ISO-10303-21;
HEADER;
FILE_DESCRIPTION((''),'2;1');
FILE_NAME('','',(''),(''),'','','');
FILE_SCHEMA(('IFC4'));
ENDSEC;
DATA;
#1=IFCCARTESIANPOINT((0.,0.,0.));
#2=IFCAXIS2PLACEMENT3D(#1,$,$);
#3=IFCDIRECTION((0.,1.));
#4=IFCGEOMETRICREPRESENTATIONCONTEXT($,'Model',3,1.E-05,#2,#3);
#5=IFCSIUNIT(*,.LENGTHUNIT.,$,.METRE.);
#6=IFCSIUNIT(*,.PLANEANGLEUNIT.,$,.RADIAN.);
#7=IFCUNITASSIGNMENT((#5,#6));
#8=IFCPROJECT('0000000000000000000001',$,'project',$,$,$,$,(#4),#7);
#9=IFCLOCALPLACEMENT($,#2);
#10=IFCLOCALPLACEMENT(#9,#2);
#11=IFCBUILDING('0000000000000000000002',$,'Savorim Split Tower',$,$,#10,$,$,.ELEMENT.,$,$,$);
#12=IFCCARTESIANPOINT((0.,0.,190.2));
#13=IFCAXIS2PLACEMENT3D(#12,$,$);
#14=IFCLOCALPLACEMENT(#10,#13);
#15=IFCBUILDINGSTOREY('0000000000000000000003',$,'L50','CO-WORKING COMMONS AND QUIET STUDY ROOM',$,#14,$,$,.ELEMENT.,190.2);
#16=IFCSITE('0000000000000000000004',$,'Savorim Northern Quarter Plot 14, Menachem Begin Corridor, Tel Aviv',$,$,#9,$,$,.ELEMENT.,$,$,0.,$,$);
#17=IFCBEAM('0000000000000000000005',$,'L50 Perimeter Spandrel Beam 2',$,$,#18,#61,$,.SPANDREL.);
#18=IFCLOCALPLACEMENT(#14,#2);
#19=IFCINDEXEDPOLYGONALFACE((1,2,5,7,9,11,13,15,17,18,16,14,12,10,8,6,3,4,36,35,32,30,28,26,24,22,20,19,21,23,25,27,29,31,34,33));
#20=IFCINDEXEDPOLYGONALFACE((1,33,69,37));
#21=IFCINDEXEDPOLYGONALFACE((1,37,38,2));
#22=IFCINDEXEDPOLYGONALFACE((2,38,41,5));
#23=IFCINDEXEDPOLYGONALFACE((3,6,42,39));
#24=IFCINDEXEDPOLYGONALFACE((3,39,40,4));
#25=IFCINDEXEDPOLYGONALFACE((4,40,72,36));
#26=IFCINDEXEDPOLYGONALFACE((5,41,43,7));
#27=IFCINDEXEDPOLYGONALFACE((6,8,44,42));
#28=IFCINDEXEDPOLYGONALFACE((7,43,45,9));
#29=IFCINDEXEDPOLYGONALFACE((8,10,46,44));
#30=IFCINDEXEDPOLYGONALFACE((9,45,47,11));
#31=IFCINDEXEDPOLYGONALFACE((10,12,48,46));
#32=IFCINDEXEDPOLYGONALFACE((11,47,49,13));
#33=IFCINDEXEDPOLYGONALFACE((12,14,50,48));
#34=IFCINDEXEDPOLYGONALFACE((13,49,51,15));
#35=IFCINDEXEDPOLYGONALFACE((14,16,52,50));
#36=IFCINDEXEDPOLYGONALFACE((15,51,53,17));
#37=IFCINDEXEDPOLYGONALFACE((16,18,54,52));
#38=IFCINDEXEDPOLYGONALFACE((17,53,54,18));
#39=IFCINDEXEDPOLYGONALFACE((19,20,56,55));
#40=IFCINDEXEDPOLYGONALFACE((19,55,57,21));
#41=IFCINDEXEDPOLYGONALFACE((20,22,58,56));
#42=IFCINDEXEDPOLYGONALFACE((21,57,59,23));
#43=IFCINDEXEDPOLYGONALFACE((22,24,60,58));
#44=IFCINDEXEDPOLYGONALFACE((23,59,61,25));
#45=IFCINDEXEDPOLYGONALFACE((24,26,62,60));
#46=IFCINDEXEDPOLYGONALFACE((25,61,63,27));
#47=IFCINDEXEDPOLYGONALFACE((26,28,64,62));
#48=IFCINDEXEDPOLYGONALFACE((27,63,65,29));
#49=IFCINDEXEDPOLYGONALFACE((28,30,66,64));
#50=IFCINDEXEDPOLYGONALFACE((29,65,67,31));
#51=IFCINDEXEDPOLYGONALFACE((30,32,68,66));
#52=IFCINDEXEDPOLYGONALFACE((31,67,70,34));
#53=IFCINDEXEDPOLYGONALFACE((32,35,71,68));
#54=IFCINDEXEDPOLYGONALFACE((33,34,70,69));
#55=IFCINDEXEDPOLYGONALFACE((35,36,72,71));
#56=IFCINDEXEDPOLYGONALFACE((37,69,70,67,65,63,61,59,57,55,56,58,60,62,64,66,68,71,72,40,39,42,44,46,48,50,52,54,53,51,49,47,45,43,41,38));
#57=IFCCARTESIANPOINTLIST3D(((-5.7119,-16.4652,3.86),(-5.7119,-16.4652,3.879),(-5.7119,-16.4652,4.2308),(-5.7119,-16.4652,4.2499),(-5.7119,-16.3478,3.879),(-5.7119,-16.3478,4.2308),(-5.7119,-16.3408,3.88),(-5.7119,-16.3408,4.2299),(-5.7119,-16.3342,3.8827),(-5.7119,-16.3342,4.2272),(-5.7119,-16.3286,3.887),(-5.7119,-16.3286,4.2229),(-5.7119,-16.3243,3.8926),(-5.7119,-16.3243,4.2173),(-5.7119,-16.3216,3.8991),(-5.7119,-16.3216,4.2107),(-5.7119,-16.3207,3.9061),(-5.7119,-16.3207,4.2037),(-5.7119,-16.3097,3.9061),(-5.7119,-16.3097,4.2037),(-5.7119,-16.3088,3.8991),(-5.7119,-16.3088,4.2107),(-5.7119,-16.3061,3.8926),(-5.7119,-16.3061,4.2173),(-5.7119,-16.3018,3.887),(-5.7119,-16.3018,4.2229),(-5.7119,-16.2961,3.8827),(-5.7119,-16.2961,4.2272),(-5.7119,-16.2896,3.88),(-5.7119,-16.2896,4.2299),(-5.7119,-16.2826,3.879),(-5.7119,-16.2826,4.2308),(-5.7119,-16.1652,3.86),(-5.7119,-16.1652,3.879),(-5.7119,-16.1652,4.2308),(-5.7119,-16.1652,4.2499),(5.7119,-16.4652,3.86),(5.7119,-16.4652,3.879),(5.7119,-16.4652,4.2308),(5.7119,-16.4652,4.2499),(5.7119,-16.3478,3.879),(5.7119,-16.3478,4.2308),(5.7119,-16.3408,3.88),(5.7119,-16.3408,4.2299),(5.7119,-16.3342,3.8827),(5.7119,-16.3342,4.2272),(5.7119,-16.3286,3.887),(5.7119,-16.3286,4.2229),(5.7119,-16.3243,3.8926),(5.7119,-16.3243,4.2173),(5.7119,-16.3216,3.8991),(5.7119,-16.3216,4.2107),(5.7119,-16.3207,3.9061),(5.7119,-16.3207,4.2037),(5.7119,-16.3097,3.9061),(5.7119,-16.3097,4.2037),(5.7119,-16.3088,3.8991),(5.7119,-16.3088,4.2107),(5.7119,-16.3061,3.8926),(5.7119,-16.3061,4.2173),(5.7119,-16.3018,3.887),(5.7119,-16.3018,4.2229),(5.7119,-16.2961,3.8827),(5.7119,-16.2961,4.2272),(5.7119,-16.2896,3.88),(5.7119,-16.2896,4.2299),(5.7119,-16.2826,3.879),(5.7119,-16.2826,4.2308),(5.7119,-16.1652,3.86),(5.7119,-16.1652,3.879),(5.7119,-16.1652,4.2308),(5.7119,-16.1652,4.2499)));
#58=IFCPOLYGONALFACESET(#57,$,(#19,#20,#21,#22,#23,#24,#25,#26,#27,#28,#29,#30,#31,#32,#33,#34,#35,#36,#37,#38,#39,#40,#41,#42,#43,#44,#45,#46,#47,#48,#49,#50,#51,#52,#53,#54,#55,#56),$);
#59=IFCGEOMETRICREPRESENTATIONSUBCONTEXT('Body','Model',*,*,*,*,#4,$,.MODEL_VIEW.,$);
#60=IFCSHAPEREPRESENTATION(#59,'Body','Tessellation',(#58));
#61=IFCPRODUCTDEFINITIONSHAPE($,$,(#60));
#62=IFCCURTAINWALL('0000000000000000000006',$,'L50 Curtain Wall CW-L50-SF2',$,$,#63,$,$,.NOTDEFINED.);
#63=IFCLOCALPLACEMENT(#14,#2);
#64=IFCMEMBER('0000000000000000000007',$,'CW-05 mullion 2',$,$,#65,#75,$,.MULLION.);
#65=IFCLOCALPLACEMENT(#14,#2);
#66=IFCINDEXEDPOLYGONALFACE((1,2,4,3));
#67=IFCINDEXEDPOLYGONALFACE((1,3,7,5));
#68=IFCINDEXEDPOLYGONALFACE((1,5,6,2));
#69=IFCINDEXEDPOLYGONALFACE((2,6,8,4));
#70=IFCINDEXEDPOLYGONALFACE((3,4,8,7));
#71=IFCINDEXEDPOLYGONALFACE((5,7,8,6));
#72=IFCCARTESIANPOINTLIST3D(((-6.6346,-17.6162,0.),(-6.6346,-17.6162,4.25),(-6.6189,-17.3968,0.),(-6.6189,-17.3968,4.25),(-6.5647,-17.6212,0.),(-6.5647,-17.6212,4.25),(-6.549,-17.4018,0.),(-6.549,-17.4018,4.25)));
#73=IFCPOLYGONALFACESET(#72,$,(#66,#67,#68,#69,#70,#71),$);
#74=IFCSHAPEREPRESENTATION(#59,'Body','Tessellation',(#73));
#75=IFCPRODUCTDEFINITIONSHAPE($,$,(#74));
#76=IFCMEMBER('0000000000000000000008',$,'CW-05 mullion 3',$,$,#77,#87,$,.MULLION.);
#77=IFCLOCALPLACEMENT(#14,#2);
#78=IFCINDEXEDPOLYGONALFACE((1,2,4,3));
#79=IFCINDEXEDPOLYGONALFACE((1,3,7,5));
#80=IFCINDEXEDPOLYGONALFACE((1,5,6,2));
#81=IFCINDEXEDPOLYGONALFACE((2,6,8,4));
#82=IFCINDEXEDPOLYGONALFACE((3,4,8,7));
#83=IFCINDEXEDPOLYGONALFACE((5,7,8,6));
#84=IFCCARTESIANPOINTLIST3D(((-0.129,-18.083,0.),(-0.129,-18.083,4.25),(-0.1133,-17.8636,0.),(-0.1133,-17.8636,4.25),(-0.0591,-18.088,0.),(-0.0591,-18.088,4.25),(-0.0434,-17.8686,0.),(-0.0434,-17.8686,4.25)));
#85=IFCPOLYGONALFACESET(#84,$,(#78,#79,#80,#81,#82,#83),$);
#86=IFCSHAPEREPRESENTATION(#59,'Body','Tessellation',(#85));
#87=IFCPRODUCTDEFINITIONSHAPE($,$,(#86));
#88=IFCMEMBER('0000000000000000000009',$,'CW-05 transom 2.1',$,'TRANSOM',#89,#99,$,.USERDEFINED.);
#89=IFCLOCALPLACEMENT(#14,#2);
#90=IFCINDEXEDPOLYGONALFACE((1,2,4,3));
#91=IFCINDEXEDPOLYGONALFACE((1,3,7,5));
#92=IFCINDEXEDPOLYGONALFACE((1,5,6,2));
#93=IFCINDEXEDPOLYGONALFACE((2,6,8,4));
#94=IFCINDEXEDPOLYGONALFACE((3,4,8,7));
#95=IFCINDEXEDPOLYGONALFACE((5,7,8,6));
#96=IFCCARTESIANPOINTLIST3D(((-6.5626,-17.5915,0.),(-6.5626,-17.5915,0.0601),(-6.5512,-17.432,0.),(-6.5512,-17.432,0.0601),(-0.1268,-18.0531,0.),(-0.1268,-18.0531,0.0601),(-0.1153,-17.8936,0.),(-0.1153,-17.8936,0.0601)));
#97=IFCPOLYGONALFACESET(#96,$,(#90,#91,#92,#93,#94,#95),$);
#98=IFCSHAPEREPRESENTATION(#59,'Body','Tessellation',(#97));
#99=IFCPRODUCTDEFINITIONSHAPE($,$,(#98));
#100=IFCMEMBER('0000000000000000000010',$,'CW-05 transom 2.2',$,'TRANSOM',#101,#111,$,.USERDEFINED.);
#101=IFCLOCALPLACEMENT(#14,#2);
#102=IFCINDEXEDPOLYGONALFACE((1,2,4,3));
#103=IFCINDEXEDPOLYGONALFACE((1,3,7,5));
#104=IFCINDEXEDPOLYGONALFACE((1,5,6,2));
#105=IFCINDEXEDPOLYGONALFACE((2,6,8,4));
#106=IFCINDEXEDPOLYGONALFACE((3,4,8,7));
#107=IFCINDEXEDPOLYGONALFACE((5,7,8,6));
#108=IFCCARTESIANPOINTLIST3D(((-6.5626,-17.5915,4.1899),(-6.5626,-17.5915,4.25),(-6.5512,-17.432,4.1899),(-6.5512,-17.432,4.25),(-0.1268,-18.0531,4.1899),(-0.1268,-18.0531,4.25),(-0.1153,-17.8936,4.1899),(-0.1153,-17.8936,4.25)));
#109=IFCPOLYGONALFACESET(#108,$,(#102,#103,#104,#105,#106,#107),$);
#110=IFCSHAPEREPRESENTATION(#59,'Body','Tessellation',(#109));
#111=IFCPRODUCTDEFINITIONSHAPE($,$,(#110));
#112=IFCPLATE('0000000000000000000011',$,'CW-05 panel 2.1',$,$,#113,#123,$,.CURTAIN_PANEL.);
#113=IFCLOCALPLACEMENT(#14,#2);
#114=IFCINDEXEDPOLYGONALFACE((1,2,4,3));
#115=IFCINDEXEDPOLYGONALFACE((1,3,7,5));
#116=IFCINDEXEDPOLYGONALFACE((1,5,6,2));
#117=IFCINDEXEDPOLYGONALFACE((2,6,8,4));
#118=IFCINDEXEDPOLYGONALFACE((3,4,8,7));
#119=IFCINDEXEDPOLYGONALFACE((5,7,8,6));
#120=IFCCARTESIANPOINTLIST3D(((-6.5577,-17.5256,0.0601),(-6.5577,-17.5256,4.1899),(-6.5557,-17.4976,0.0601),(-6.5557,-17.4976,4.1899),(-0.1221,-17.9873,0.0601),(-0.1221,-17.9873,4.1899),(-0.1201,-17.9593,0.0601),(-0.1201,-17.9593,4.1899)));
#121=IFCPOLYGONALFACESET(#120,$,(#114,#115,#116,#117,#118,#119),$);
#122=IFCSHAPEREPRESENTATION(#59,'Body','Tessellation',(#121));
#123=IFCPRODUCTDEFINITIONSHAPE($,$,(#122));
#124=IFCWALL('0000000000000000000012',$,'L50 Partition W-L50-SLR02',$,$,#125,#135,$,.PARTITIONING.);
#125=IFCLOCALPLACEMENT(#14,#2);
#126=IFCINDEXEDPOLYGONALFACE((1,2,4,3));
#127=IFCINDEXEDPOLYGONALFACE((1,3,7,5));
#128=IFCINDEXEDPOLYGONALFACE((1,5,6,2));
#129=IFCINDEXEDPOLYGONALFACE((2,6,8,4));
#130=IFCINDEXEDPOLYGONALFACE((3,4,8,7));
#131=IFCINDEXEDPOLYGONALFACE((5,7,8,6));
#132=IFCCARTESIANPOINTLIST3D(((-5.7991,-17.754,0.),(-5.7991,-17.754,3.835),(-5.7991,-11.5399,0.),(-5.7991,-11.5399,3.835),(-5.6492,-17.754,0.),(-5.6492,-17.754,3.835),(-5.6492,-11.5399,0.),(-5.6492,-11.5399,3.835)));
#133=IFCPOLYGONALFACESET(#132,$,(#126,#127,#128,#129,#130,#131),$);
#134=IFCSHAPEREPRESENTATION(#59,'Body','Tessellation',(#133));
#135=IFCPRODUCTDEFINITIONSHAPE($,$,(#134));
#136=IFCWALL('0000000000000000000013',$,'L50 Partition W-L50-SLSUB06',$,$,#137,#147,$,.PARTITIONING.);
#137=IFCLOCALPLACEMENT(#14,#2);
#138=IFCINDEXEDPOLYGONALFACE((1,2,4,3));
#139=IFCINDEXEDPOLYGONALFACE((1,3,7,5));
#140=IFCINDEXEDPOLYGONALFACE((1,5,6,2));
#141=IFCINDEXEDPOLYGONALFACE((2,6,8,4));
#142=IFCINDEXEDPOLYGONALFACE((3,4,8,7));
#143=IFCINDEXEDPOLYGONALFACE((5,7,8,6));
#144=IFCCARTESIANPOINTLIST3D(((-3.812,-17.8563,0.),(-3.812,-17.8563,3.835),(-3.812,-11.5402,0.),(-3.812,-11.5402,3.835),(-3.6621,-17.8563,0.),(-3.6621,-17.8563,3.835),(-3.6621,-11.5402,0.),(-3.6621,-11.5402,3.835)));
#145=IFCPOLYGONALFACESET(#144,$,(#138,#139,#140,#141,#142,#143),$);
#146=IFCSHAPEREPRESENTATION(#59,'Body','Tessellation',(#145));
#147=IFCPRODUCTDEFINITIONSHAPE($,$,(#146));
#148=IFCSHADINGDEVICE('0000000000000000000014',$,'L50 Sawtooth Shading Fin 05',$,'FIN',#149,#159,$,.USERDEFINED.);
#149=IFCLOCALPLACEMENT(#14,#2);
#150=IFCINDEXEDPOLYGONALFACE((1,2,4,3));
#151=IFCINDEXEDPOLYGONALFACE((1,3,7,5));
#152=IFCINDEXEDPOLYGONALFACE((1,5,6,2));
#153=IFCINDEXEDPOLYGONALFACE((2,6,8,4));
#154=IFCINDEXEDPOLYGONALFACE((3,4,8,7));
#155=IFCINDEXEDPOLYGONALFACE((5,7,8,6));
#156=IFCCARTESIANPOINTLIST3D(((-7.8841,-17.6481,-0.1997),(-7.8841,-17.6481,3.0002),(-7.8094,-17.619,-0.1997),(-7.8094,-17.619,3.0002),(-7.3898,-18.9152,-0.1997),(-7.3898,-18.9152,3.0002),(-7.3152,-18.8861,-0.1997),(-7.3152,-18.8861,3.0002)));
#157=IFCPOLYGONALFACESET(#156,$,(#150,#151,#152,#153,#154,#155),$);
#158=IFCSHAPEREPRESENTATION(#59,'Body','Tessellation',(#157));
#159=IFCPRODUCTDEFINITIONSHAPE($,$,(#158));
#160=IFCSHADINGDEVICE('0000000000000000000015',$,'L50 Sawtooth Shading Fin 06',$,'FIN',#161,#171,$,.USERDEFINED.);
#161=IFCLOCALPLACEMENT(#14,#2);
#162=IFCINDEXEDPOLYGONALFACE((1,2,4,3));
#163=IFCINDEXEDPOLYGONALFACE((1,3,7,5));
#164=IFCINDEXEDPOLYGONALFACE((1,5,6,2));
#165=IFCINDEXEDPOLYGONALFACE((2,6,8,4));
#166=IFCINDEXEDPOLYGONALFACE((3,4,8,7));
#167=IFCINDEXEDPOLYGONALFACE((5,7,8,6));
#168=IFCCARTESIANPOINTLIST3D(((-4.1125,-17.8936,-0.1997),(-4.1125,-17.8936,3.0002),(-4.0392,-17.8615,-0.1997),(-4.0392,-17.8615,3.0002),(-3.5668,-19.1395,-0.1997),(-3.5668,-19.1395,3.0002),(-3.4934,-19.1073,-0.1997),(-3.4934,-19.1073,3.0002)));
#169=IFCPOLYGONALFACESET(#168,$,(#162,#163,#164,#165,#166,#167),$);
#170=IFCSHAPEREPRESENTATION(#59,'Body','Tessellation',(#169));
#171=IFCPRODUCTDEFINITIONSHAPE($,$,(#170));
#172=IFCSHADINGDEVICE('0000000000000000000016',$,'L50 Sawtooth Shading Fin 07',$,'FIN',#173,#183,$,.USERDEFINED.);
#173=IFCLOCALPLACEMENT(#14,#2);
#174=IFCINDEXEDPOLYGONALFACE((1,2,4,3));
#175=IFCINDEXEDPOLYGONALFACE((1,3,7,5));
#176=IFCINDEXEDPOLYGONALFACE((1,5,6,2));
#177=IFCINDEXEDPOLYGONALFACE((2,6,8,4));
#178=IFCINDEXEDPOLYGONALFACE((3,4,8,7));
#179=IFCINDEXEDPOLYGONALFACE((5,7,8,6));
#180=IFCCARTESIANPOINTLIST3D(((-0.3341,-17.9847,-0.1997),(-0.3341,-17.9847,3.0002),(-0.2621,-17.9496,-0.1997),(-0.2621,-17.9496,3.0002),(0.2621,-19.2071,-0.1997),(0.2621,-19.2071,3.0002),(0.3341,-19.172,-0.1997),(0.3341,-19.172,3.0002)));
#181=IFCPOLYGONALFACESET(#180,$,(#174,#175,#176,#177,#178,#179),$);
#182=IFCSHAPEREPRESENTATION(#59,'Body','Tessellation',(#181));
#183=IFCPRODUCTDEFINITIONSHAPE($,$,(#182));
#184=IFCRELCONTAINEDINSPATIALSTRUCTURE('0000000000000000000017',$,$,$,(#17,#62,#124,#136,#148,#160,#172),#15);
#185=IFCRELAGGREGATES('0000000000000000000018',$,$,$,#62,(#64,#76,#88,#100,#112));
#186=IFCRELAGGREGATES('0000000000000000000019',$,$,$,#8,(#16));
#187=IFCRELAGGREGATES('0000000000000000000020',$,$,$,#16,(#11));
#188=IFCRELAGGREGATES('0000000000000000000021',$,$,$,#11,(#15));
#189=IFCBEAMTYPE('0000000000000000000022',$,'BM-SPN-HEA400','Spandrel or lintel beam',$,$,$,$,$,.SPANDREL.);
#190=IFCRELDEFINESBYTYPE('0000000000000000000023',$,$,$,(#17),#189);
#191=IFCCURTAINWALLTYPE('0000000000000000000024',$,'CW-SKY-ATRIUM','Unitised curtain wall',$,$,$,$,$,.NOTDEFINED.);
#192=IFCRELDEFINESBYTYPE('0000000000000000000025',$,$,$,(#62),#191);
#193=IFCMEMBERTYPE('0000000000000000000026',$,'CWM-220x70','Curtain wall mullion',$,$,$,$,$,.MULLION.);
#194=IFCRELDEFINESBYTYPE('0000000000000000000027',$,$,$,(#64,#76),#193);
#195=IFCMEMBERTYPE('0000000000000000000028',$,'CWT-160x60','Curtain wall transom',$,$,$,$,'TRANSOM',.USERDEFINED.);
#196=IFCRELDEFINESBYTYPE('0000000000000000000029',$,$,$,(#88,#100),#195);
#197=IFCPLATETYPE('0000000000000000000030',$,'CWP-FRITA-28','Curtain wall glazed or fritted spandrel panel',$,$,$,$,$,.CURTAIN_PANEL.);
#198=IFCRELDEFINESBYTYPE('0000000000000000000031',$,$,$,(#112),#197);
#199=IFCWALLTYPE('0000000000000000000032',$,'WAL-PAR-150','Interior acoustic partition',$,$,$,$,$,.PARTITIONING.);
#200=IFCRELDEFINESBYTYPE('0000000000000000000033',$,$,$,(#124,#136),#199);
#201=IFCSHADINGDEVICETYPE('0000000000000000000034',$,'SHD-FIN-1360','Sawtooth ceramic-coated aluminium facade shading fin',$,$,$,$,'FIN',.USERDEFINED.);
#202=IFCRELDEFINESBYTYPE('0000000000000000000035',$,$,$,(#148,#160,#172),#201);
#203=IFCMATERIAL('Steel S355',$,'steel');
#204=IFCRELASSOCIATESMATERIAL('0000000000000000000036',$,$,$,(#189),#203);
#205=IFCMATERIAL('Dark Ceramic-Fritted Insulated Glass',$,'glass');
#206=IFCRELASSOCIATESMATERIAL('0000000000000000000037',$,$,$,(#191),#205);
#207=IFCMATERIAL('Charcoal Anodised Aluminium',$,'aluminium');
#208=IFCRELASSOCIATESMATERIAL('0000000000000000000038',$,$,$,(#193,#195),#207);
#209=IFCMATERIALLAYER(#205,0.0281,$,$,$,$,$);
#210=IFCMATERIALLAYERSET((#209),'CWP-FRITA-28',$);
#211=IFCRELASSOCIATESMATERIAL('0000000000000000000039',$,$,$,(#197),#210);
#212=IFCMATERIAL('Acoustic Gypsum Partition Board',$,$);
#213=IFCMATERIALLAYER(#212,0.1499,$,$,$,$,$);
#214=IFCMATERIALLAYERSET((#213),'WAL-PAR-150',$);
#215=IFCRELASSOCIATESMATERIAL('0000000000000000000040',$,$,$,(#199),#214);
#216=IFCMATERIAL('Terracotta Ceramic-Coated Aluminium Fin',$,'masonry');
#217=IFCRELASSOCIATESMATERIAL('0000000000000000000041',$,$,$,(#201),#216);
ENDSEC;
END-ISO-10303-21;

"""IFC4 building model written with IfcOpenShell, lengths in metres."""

from ifc_helpers import new_model, si_unit, direction, frame, frame_2d, origin, origin_2d, place, context, subcontext, project, spatial, rectangle, i_section, extrude, material, layer, layer_set, material_profile, profile_set, type_object, element, aggregate, save


model = new_model("IFC4")

# Units and contexts
model_context = context("Model", 3, precision=1e-05, world=origin(), true_north=direction((0.0, 1.0)))
body_context = subcontext(model_context, "Body", "Model", "MODEL_VIEW")
ifc_project = project(units=[si_unit("LENGTHUNIT", "METRE"), si_unit("PLANEANGLEUNIT", "RADIAN")], contexts=[model_context])

# Site, building, storey
site_placement = place(None, origin())
site = spatial("IfcSite", under=ifc_project, at=site_placement, Name="Savorim Northern Quarter Plot 14, Menachem Begin Corridor, Tel Aviv", CompositionType="ELEMENT", RefElevation=0.0)
building_placement = place(site_placement, origin())
building = spatial("IfcBuilding", under=site, at=building_placement, Name="Savorim Split Tower", CompositionType="ELEMENT")
storey_placement = place(building_placement, frame((0.0, 0.0, 190.2)))
storey = spatial("IfcBuildingStorey", under=building, at=storey_placement, Name="L50", Description="CO-WORKING COMMONS AND QUIET STUDY ROOM", CompositionType="ELEMENT", Elevation=190.2)

# Shared definitions
ifc_material_1 = material(Name="Steel S355", Category="steel")

# Beam
ifc_material_profile_1 = material_profile(ifc_material_1, i_section(OverallWidth=0.3, OverallDepth=0.3899, WebThickness=0.011, FlangeThickness=0.019, FilletRadius=0.0271, at=origin_2d()), Name="HEA 400")
ifc_profile_set_1 = profile_set([ifc_material_profile_1], Name="Steel S355")
beam_type_1 = type_object("IfcBeamType", Name="BM-SPN-HEA400", Description="Spandrel or lintel beam", PredefinedType="SPANDREL", material=ifc_profile_set_1)
beam_1_placement = place(storey_placement, frame((-5.7119, -16.3152, 4.0549), z_axis=(1.0, 0.0, 0.0), x_axis=(0.0, 1.0, 0.0)))
element("IfcBeam", 1, at=beam_1_placement, inside=storey, type_object=beam_type_1, Name="L50 Perimeter Spandrel Beam 2", PredefinedType="SPANDREL", context=body_context, shape_type="SweptSolid", body=[
    extrude(i_section(OverallWidth=0.3, OverallDepth=0.3899, WebThickness=0.011, FlangeThickness=0.019, FilletRadius=0.0271, at=origin_2d()), origin(), (0.0, 0.0, 1.0), 11.4238),
])

# Curtain wall, members, plate
ifc_material_2 = material(Name="Dark Ceramic-Fritted Insulated Glass", Category="glass")
curtain_wall_type = type_object("IfcCurtainWallType", Name="CW-SKY-ATRIUM", Description="Unitised curtain wall", PredefinedType="NOTDEFINED", material=ifc_material_2)
curtain_wall_placement = place(storey_placement, origin())
curtain_wall = element("IfcCurtainWall", 2, at=curtain_wall_placement, inside=storey, type_object=curtain_wall_type, Name="L50 Curtain Wall CW-L50-SF2", PredefinedType="NOTDEFINED")
ifc_material_3 = material(Name="Charcoal Anodised Aluminium", Category="aluminium")
ifc_material_profile_2 = material_profile(ifc_material_3, rectangle(XDim=0.22, YDim=0.0701, at=origin_2d()), Name="ALU-M 220x70")
ifc_profile_set_2 = profile_set([ifc_material_profile_2], Name="Charcoal Anodised Aluminium")
member_type_1 = type_object("IfcMemberType", Name="CWM-220x70", Description="Curtain wall mullion", PredefinedType="MULLION", material=ifc_profile_set_2)
member_1_placement = place(storey_placement, frame((-6.5918, -17.509, 0.0), z_axis=(0.0, 0.0, 1.0), x_axis=(0.071562, 0.997436, 0.0)))
member_1 = element("IfcMember", 3, at=member_1_placement, type_object=member_type_1, Name="CW-05 mullion 2", PredefinedType="MULLION", context=body_context, shape_type="SweptSolid", body=[
    extrude(rectangle(XDim=0.22, YDim=0.0701, at=origin_2d()), origin(), (0.0, 0.0, 1.0), 4.25),
])
member_2_placement = place(storey_placement, frame((-0.0862, -17.9758, 0.0), z_axis=(0.0, 0.0, 1.0), x_axis=(0.071562, 0.997436, 0.0)))
member_2 = element("IfcMember", 4, at=member_2_placement, type_object=member_type_1, Name="CW-05 mullion 3", PredefinedType="MULLION", context=body_context, shape_type="SweptSolid", body=[
    extrude(rectangle(XDim=0.22, YDim=0.0701, at=origin_2d()), origin(), (0.0, 0.0, 1.0), 4.25),
])
ifc_material_profile_3 = material_profile(ifc_material_3, rectangle(XDim=0.1599, YDim=0.0601, at=origin_2d()), Name="ALU-T 160x60")
ifc_profile_set_3 = profile_set([ifc_material_profile_3], Name="Charcoal Anodised Aluminium")
member_type_2 = type_object("IfcMemberType", Name="CWT-160x60", Description="Curtain wall transom", ElementType="TRANSOM", PredefinedType="USERDEFINED", material=ifc_profile_set_3)
member_3_placement = place(storey_placement, frame((-6.5569, -17.5117, 0.03), z_axis=(0.997437, -0.071551, 0.0), x_axis=(0.071551, 0.997437, 0.0)))
member_3 = element("IfcMember", 5, at=member_3_placement, type_object=member_type_2, Name="CW-05 transom 2.1", ObjectType="TRANSOM", PredefinedType="USERDEFINED", context=body_context, shape_type="SweptSolid", body=[
    extrude(rectangle(XDim=0.1599, YDim=0.0601, at=origin_2d()), origin(), (0.0, 0.0, 1.0), 6.4524),
])
member_4_placement = place(storey_placement, frame((-6.5569, -17.5117, 4.22), z_axis=(0.997437, -0.071551, 0.0), x_axis=(0.071551, 0.997437, 0.0)))
member_4 = element("IfcMember", 6, at=member_4_placement, type_object=member_type_2, Name="CW-05 transom 2.2", ObjectType="TRANSOM", PredefinedType="USERDEFINED", context=body_context, shape_type="SweptSolid", body=[
    extrude(rectangle(XDim=0.1599, YDim=0.0601, at=origin_2d()), origin(), (0.0, 0.0, 1.0), 6.4524),
])
ifc_layer_1 = layer(ifc_material_2, 0.0281)
ifc_layer_set_1 = layer_set([ifc_layer_1], Name="CWP-FRITA-28")
plate_type = type_object("IfcPlateType", Name="CWP-FRITA-28", Description="Curtain wall glazed or fritted spandrel panel", PredefinedType="CURTAIN_PANEL", material=ifc_layer_set_1)
plate_placement = place(storey_placement, frame((-3.3389, -17.7424, 0.0601), z_axis=(0.0, 0.0, 1.0), x_axis=(0.997436, -0.071562, 0.0)))
plate = element("IfcPlate", 7, at=plate_placement, type_object=plate_type, Name="CW-05 panel 2.1", PredefinedType="CURTAIN_PANEL", context=body_context, shape_type="SweptSolid", body=[
    extrude(rectangle(XDim=6.4521, YDim=0.0281, at=origin_2d()), origin(), (0.0, 0.0, 1.0), 4.1299),
])
aggregate(curtain_wall, [member_1, member_2, member_3, member_4, plate])

# Walls
ifc_material_4 = material(Name="Acoustic Gypsum Partition Board")
ifc_layer_2 = layer(ifc_material_4, 0.1499)
ifc_layer_set_2 = layer_set([ifc_layer_2], Name="WAL-PAR-150")
wall_type = type_object("IfcWallType", Name="WAL-PAR-150", Description="Interior acoustic partition", PredefinedType="PARTITIONING", material=ifc_layer_set_2)
wall_1_placement = place(storey_placement, frame((-5.7241, -11.54, 0.0), z_axis=(0.0, 0.0, 1.0), x_axis=(0.0, -1.0, 0.0)))
element("IfcWall", 8, at=wall_1_placement, inside=storey, type_object=wall_type, Name="L50 Partition W-L50-SLR02", PredefinedType="PARTITIONING", context=body_context, shape_type="SweptSolid", body=[
    extrude(rectangle(XDim=6.2141, YDim=0.1499, at=frame_2d((3.1069, 0.0))), origin(), (0.0, 0.0, 1.0), 3.835),
])
wall_2_placement = place(storey_placement, frame((-3.7371, -11.54, 0.0), z_axis=(0.0, 0.0, 1.0), x_axis=(0.0, -1.0, 0.0)))
element("IfcWall", 9, at=wall_2_placement, inside=storey, type_object=wall_type, Name="L50 Partition W-L50-SLSUB06", PredefinedType="PARTITIONING", context=body_context, shape_type="SweptSolid", body=[
    extrude(rectangle(XDim=6.3162, YDim=0.1499, at=frame_2d((3.1582, 0.0))), origin(), (0.0, 0.0, 1.0), 3.835),
])

# Shading devices
ifc_material_5 = material(Name="Terracotta Ceramic-Coated Aluminium Fin", Category="masonry")
shading_device_type = type_object("IfcShadingDeviceType", Name="SHD-FIN-1360", Description="Sawtooth ceramic-coated aluminium facade shading fin", ElementType="FIN", PredefinedType="USERDEFINED", material=ifc_material_5)
for number, where, z_axis, x_axis, name in (
    (10, (-7.5996, -18.2671, -0.1997), (0.0, 0.0, 1.0), (0.363415, -0.931627, 0.0), "L50 Sawtooth Shading Fin 05"),
    (11, (-3.803, -18.5005, -0.1997), (0.0, 0.0, 1.0), (0.40123, -0.915977, 0.0), "L50 Sawtooth Shading Fin 06"),
    (12, (0.0, -18.5784, -0.1997), (0.0, 0.0, 1.0), (0.438371, -0.898794, 0.0), "L50 Sawtooth Shading Fin 07"),
):
    element("IfcShadingDevice", number, at=place(storey_placement, frame(where, z_axis=z_axis, x_axis=x_axis)), inside=storey, type_object=shading_device_type, Name=name, ObjectType="FIN", PredefinedType="USERDEFINED", context=body_context, shape_type="SweptSolid", body=[
        extrude(rectangle(XDim=1.3601, YDim=0.0801, at=origin_2d()), origin(), (0.0, 0.0, 1.0), 3.2),
    ])

save(model, "model.ifc")
